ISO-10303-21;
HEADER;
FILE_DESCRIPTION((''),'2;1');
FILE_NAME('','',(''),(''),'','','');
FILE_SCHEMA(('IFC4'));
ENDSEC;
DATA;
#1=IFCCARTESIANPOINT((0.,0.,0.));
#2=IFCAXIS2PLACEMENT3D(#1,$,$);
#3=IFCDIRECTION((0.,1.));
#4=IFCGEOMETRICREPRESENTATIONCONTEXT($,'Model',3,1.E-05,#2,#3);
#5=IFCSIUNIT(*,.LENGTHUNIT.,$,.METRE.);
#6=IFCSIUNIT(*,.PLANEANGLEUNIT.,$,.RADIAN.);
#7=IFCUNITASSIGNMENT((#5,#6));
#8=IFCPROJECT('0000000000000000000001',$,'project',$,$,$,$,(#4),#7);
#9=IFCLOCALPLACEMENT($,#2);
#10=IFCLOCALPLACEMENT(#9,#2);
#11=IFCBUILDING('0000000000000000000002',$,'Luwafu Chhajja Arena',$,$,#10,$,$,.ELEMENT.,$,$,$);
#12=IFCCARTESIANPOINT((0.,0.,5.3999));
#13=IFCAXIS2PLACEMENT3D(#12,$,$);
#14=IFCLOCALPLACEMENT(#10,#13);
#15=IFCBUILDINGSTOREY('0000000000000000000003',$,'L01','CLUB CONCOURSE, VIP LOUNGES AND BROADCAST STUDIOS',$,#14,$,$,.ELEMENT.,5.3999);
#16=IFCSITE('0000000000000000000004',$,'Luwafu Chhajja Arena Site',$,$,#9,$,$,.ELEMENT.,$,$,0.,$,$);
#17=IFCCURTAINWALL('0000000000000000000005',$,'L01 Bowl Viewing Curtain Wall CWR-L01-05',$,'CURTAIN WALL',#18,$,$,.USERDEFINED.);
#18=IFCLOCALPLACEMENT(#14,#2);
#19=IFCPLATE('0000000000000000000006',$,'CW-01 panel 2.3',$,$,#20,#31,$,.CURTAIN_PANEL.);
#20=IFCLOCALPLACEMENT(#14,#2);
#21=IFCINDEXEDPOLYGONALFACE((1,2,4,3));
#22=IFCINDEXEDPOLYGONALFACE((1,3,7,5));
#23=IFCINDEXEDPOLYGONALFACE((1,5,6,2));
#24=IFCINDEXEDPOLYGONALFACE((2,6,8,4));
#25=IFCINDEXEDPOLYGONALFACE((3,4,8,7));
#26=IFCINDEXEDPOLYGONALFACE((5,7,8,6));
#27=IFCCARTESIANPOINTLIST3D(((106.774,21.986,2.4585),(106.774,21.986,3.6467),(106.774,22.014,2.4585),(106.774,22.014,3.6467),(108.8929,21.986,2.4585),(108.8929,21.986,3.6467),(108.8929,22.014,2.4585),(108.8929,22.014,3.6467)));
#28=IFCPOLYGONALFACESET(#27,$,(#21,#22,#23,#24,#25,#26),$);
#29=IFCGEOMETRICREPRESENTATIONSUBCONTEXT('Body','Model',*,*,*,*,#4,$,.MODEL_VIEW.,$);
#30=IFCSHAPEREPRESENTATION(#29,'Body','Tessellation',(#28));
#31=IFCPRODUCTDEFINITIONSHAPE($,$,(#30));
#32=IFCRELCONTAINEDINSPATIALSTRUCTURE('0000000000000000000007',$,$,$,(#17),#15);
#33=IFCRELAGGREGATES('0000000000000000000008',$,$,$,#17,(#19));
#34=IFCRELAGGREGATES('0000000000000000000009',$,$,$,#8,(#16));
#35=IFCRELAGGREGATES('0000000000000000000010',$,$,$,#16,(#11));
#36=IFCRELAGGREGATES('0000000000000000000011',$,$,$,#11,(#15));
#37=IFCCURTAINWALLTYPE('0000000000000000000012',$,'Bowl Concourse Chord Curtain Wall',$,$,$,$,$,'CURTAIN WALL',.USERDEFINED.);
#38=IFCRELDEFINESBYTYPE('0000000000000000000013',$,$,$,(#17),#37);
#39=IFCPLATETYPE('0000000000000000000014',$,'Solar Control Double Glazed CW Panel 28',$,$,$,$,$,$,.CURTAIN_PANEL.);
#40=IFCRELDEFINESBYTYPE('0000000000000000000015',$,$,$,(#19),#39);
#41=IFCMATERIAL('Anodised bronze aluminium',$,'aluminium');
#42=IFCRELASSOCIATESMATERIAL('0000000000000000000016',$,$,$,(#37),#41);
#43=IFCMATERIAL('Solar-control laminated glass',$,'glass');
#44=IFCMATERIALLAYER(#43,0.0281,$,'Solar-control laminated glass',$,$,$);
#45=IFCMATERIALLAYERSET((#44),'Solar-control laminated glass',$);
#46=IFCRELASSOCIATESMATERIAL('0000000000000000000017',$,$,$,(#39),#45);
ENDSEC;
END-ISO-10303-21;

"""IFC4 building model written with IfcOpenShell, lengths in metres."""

from ifc_helpers import new_model, si_unit, direction, frame, origin, origin_2d, place, context, subcontext, project, spatial, rectangle, extrude, material, layer, layer_set, type_object, element, aggregate, save


model = new_model("IFC4")

# Units and contexts
model_context = context("Model", 3, precision=1e-05, world=origin(), true_north=direction((0.0, 1.0)))
body_context = subcontext(model_context, "Body", "Model", "MODEL_VIEW")
ifc_project = project(units=[si_unit("LENGTHUNIT", "METRE"), si_unit("PLANEANGLEUNIT", "RADIAN")], contexts=[model_context])

# Site, building, storey
site_placement = place(None, origin())
site = spatial("IfcSite", under=ifc_project, at=site_placement, Name="Luwafu Chhajja Arena Site", CompositionType="ELEMENT", RefElevation=0.0)
building_placement = place(site_placement, origin())
building = spatial("IfcBuilding", under=site, at=building_placement, Name="Luwafu Chhajja Arena", CompositionType="ELEMENT")
storey_placement = place(building_placement, frame((0.0, 0.0, 5.3999)))
storey = spatial("IfcBuildingStorey", under=building, at=storey_placement, Name="L01", Description="CLUB CONCOURSE, VIP LOUNGES AND BROADCAST STUDIOS", CompositionType="ELEMENT", Elevation=5.3999)

# Curtain wall
ifc_material_1 = material(Name="Anodised bronze aluminium", Category="aluminium")
curtain_wall_type = type_object("IfcCurtainWallType", Name="Bowl Concourse Chord Curtain Wall", ElementType="CURTAIN WALL", PredefinedType="USERDEFINED", material=ifc_material_1)
curtain_wall_1_placement = place(storey_placement, origin())
curtain_wall_1 = element("IfcCurtainWall", 1, at=curtain_wall_1_placement, inside=storey, type_object=curtain_wall_type, Name="L01 Bowl Viewing Curtain Wall CWR-L01-05", ObjectType="CURTAIN WALL", PredefinedType="USERDEFINED")

# Plate
ifc_material_2 = material(Name="Solar-control laminated glass", Category="glass")
ifc_layer = layer(ifc_material_2, 0.0281, Name="Solar-control laminated glass")
ifc_layer_set = layer_set([ifc_layer], Name="Solar-control laminated glass")
plate_type = type_object("IfcPlateType", Name="Solar Control Double Glazed CW Panel 28", PredefinedType="CURTAIN_PANEL", material=ifc_layer_set)
plate_1_placement = place(storey_placement, frame((107.8335, 22.0, 2.4585), z_axis=(0.0, 0.0, 1.0), x_axis=(1.0, 0.0, 0.0)))
plate_1 = element("IfcPlate", 2, at=plate_1_placement, type_object=plate_type, Name="CW-01 panel 2.3", PredefinedType="CURTAIN_PANEL", context=body_context, shape_type="SweptSolid", body=[
    extrude(rectangle(XDim=2.1189, YDim=0.0281, at=origin_2d()), origin(), (0.0, 0.0, 1.0), 1.1882),
])
aggregate(curtain_wall_1, [plate_1])

save(model, "model.ifc")
